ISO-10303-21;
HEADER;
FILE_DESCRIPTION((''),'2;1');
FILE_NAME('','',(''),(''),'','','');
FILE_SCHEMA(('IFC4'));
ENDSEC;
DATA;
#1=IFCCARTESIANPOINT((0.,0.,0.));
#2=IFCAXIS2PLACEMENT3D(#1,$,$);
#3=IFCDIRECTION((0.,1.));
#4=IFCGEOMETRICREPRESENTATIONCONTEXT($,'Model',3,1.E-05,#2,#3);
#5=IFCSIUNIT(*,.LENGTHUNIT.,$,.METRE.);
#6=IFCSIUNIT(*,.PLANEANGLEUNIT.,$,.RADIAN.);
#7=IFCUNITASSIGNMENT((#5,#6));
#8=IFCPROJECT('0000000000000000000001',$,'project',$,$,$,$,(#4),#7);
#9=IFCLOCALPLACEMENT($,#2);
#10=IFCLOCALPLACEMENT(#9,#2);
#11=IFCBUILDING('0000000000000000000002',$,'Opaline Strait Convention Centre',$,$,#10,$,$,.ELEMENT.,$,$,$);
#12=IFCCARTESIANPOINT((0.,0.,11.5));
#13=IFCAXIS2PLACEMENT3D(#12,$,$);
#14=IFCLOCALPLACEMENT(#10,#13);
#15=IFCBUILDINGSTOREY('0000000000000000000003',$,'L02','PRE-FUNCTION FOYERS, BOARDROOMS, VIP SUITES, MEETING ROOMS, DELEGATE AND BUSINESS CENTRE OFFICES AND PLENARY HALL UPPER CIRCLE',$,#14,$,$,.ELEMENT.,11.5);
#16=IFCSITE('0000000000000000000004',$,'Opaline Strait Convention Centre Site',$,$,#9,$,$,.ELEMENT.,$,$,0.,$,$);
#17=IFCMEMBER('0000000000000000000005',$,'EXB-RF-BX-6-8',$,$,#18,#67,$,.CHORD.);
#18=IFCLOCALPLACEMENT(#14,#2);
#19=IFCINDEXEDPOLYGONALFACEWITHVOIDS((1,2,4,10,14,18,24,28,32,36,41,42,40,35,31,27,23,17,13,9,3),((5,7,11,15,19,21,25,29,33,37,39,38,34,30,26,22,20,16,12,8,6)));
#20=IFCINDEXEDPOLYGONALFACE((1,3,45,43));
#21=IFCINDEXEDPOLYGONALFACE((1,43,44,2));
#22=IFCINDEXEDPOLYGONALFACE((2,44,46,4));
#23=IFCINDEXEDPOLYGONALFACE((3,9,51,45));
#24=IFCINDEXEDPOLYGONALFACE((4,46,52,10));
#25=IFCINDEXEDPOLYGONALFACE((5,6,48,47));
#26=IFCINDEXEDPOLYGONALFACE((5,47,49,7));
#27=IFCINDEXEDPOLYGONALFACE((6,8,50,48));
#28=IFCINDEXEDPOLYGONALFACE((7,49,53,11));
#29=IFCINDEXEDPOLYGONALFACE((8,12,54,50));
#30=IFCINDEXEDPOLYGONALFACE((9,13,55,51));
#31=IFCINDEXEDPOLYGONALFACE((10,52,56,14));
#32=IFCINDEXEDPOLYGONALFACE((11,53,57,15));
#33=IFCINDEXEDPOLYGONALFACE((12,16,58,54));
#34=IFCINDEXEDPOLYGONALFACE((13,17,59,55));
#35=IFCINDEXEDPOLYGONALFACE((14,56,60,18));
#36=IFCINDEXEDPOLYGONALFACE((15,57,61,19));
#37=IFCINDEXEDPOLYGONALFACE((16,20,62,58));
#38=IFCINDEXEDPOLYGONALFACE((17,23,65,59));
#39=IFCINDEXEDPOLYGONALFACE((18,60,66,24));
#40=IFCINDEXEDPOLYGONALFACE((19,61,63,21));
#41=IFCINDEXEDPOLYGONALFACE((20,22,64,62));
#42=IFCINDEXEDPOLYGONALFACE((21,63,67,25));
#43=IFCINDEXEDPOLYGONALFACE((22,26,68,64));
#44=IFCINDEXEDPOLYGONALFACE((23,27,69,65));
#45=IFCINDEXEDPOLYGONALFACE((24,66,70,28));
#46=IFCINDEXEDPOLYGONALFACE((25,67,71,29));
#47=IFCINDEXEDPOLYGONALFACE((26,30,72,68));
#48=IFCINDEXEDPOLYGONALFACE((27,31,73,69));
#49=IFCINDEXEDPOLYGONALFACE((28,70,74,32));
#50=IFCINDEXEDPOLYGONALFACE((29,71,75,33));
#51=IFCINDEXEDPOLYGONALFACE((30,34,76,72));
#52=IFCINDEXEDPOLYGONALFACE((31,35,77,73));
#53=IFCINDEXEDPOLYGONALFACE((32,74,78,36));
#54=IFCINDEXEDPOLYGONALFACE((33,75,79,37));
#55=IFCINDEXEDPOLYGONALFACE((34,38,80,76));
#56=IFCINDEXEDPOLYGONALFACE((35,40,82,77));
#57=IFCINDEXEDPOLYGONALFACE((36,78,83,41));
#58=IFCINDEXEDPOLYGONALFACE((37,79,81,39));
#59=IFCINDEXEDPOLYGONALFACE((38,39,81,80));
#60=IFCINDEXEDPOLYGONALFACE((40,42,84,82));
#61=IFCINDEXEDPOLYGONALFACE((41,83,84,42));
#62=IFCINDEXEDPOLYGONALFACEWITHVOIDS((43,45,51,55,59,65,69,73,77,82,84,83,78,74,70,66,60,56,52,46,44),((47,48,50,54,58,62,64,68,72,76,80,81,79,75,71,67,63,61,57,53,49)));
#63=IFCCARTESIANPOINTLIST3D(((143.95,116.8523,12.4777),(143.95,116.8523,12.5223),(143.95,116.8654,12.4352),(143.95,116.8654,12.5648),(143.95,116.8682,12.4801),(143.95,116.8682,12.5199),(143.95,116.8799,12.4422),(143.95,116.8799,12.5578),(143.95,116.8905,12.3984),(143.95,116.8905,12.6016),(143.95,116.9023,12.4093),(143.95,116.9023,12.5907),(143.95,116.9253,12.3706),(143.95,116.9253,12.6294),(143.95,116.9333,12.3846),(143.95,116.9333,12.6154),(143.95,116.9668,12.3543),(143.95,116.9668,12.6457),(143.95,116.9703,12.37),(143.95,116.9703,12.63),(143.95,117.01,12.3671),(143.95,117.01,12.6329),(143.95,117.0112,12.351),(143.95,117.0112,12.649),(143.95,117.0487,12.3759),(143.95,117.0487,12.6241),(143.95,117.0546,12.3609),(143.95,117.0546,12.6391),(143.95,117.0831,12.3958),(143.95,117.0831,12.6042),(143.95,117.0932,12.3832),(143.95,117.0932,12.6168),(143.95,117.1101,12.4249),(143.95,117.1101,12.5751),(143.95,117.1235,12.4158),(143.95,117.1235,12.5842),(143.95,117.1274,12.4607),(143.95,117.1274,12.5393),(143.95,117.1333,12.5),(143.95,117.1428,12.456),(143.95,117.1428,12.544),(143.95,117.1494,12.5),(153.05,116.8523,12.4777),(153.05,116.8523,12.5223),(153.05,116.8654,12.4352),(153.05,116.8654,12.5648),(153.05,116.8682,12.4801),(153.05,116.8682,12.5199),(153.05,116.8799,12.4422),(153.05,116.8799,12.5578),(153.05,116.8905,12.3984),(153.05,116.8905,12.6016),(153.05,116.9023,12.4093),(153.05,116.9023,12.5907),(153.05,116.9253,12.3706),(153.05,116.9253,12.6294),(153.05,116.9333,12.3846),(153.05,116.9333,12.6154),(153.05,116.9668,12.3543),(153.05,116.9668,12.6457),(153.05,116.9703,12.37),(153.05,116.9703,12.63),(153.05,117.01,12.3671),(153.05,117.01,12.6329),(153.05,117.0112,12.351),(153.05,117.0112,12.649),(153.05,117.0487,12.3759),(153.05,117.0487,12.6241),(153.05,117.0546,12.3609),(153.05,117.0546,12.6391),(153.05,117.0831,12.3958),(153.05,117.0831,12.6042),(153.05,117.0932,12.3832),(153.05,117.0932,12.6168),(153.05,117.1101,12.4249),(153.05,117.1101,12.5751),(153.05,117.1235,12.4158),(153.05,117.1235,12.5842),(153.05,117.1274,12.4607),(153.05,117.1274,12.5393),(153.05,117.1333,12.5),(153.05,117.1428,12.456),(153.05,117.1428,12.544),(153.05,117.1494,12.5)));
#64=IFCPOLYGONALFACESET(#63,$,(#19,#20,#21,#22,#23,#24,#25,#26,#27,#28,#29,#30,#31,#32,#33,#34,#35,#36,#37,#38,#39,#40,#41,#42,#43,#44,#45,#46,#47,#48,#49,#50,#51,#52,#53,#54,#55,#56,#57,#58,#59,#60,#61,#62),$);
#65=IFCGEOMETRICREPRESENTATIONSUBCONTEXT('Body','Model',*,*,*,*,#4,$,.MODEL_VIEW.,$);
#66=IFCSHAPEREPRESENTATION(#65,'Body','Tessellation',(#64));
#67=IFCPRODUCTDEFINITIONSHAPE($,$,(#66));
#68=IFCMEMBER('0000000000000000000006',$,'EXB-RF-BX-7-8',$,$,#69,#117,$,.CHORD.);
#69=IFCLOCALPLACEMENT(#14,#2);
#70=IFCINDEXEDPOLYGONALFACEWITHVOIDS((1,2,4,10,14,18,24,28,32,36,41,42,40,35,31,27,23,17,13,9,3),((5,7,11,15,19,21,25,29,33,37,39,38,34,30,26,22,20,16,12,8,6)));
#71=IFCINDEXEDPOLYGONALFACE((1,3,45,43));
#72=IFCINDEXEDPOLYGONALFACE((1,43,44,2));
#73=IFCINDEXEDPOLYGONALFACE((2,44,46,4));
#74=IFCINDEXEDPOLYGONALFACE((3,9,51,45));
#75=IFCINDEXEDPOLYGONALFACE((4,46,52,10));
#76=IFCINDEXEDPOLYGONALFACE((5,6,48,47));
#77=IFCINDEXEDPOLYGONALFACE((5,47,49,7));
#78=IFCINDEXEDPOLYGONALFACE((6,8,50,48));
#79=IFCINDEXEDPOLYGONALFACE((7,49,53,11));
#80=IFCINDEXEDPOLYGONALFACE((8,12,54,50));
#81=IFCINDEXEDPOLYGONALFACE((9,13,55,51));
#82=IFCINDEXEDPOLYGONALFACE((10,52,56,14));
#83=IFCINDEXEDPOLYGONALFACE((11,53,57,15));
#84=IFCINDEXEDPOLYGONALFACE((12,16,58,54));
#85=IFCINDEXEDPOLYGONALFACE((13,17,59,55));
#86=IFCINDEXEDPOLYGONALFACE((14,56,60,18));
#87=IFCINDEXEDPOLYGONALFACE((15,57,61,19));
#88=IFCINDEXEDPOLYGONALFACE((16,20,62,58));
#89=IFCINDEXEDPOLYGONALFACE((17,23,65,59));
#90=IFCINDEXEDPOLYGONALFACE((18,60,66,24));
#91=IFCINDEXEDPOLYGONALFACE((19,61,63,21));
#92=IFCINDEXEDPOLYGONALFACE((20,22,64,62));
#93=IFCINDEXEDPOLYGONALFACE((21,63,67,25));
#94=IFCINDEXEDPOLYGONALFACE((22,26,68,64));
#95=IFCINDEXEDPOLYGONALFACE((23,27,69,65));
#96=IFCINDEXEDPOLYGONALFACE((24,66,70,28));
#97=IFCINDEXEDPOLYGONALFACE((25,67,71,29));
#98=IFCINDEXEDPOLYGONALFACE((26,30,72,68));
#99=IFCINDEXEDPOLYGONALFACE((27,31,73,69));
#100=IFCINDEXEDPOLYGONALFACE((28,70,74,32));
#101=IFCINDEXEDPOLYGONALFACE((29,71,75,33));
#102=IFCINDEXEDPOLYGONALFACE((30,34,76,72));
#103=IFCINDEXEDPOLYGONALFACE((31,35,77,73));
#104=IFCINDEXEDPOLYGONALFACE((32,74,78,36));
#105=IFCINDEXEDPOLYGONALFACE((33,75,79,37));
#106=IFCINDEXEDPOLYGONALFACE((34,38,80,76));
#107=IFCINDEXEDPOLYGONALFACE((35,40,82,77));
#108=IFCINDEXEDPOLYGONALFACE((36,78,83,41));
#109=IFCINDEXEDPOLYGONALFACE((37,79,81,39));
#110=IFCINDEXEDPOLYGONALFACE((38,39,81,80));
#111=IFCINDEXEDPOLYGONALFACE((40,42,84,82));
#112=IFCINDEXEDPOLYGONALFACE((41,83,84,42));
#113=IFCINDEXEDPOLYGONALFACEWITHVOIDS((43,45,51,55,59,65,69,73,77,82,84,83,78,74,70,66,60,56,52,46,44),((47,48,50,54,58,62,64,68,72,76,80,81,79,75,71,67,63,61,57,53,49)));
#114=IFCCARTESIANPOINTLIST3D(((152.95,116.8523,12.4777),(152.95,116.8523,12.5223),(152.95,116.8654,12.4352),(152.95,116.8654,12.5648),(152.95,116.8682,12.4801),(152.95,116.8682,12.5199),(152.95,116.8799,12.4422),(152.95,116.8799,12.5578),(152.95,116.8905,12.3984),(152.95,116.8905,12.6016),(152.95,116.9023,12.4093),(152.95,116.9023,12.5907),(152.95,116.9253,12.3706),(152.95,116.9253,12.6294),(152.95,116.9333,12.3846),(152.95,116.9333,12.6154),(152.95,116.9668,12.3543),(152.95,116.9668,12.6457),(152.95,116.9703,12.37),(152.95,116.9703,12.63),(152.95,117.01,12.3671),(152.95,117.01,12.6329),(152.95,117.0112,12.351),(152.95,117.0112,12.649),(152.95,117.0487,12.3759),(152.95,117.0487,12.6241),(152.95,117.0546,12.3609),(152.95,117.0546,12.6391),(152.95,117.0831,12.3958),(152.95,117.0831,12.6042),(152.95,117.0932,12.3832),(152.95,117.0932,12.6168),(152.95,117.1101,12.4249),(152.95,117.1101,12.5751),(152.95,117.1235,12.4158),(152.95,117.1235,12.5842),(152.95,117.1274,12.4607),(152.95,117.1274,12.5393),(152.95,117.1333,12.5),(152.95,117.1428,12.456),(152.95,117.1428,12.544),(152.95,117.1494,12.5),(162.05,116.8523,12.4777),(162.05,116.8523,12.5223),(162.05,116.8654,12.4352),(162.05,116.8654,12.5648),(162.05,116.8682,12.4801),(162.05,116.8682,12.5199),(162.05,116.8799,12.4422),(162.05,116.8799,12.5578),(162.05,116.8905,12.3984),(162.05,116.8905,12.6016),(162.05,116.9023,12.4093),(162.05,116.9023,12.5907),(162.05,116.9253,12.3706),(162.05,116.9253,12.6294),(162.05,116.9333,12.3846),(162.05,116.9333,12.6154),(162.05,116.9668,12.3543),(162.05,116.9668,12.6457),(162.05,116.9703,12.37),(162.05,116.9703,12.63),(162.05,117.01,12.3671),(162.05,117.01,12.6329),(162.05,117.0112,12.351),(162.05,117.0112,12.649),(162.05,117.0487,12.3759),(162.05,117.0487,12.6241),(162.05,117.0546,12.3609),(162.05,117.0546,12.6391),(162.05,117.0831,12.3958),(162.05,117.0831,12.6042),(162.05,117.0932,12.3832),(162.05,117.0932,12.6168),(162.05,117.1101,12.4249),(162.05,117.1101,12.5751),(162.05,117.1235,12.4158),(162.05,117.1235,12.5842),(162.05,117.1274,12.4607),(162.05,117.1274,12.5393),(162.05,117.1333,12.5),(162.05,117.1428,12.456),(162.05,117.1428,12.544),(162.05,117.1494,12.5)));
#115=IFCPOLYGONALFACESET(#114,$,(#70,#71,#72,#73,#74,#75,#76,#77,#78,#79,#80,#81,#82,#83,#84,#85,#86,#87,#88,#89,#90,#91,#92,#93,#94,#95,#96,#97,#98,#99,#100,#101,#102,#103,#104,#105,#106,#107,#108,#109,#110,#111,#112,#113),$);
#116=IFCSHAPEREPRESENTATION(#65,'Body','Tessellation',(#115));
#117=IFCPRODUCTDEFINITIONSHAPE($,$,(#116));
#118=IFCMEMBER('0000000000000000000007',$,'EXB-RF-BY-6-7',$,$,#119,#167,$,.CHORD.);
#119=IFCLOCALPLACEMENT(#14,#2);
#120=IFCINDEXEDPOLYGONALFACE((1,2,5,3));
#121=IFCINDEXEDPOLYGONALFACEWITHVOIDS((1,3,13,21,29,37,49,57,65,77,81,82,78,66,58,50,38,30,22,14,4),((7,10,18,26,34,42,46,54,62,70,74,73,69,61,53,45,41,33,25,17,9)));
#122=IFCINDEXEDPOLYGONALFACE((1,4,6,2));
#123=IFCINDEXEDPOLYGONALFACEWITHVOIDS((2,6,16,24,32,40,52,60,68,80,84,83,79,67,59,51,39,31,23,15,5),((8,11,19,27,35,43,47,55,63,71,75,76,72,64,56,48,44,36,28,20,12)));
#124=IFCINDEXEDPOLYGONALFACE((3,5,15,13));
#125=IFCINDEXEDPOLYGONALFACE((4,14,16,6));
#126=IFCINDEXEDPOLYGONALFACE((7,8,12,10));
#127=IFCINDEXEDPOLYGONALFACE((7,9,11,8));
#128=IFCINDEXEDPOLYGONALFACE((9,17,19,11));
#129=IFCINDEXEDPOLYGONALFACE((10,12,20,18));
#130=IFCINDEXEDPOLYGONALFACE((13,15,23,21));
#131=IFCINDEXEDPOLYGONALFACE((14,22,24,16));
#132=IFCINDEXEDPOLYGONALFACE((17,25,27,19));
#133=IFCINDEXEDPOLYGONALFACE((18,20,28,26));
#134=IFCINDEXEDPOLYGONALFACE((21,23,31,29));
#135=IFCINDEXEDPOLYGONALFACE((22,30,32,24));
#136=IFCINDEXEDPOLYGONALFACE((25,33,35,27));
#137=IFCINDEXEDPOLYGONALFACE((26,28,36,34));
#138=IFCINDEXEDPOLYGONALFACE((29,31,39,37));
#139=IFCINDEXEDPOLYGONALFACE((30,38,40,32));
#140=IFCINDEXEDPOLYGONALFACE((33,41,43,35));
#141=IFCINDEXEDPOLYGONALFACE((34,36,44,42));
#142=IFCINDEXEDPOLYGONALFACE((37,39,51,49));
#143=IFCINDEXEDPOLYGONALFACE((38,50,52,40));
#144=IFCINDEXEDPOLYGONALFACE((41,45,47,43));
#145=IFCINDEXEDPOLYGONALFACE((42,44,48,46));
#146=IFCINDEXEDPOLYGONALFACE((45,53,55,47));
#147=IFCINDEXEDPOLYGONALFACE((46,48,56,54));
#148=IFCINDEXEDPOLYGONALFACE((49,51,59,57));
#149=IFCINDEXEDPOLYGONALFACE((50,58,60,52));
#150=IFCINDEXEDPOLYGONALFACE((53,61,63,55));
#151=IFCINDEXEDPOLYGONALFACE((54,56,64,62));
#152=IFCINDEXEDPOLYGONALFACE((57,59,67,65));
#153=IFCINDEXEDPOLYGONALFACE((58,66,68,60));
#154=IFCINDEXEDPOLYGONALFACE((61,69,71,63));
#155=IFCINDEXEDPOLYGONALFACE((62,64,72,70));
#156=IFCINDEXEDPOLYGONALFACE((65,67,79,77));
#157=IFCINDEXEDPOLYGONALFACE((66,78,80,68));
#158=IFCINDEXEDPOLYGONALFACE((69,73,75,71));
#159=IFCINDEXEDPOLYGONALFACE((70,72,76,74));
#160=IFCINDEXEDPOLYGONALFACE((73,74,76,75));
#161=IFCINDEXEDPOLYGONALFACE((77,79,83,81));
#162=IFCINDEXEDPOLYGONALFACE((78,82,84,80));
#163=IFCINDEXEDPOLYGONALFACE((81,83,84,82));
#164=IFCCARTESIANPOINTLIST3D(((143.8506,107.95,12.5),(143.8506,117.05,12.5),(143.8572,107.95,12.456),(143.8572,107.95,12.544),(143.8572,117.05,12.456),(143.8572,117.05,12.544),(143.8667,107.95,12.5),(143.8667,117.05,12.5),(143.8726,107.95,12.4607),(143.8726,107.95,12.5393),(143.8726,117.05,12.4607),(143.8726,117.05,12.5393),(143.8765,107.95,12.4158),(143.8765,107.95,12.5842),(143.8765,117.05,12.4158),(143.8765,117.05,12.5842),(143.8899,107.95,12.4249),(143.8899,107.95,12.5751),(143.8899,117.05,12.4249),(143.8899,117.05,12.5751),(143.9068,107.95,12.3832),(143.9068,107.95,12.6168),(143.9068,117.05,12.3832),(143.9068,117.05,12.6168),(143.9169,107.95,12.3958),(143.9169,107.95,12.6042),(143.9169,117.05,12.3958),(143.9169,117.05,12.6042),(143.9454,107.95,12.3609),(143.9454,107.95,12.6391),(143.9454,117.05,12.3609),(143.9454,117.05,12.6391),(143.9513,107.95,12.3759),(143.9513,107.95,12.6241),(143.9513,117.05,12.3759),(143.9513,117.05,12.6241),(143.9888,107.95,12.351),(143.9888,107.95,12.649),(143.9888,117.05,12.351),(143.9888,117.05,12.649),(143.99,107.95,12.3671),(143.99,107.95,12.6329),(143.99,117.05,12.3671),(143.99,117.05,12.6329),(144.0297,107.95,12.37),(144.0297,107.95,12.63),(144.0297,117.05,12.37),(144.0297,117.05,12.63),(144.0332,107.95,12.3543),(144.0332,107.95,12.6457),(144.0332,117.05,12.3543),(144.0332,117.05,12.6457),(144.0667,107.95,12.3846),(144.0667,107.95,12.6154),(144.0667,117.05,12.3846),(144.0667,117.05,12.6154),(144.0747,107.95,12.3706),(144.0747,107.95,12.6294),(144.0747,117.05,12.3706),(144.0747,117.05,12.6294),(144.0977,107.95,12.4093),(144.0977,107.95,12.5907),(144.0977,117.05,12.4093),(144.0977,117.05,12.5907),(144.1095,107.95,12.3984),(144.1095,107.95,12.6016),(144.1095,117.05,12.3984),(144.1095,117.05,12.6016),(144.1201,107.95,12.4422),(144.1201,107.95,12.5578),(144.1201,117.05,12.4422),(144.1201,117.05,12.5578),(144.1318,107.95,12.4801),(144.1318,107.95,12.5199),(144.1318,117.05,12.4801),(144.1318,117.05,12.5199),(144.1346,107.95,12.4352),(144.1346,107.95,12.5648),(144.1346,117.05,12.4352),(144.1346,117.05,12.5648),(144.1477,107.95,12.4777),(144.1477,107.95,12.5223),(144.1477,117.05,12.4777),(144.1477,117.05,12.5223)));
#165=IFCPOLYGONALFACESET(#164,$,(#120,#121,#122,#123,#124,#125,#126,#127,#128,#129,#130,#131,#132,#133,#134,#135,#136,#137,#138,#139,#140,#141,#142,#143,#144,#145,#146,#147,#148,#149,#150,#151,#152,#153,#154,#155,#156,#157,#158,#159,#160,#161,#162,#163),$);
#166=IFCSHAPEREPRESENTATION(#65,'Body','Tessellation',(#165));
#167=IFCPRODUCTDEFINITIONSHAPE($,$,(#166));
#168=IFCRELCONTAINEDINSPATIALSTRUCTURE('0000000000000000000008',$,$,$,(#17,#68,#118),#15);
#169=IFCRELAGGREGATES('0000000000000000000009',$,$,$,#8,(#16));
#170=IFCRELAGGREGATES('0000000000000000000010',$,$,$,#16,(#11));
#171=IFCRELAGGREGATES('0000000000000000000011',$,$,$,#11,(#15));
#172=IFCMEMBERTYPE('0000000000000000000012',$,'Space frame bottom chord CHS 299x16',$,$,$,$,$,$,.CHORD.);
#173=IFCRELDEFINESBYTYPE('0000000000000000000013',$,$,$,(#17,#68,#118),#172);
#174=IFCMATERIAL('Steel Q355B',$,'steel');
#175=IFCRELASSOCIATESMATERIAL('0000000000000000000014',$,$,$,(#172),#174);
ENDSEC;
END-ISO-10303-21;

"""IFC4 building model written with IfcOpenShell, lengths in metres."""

from ifc_helpers import new_model, si_unit, direction, frame, origin, origin_2d, place, context, subcontext, project, spatial, hollow_circle, extrude, material, material_profile, profile_set, type_object, element, save


model = new_model("IFC4")

# Units and contexts
model_context = context("Model", 3, precision=1e-05, world=origin(), true_north=direction((0.0, 1.0)))
body_context = subcontext(model_context, "Body", "Model", "MODEL_VIEW")
ifc_project = project(units=[si_unit("LENGTHUNIT", "METRE"), si_unit("PLANEANGLEUNIT", "RADIAN")], contexts=[model_context])

# Site, building, storey
site_placement = place(None, origin())
site = spatial("IfcSite", under=ifc_project, at=site_placement, Name="Opaline Strait Convention Centre Site", CompositionType="ELEMENT", RefElevation=0.0)
building_placement = place(site_placement, origin())
building = spatial("IfcBuilding", under=site, at=building_placement, Name="Opaline Strait Convention Centre", CompositionType="ELEMENT")
storey_placement = place(building_placement, frame((0.0, 0.0, 11.5)))
storey = spatial("IfcBuildingStorey", under=building, at=storey_placement, Name="L02", Description="PRE-FUNCTION FOYERS, BOARDROOMS, VIP SUITES, MEETING ROOMS, DELEGATE AND BUSINESS CENTRE OFFICES AND PLENARY HALL UPPER CIRCLE", CompositionType="ELEMENT", Elevation=11.5)

# Members
ifc_material = material(Name="Steel Q355B", Category="steel")
ifc_material_profile_1 = material_profile(ifc_material, hollow_circle(Radius=0.1494, WallThickness=0.0161, at=origin_2d()), Name="CHS 299x16")
ifc_profile_set_1 = profile_set([ifc_material_profile_1], Name="Steel Q355B")
member_type_1 = type_object("IfcMemberType", Name="Space frame bottom chord CHS 299x16", PredefinedType="CHORD", material=ifc_profile_set_1)
for number, where, z_axis, x_axis, name in (
    (1, (143.95, 117.0, 12.5), (1.0, 0.0, 0.0), (0.0, 1.0, 0.0), "EXB-RF-BX-6-8"),
    (2, (152.95, 117.0, 12.5), (1.0, 0.0, 0.0), (0.0, 1.0, 0.0), "EXB-RF-BX-7-8"),
    (3, (144.0, 107.95, 12.5), (0.0, 1.0, 0.0), (-1.0, 0.0, 0.0), "EXB-RF-BY-6-7"),
):
    element("IfcMember", number, at=place(storey_placement, frame(where, z_axis=z_axis, x_axis=x_axis)), inside=storey, type_object=member_type_1, Name=name, PredefinedType="CHORD", context=body_context, shape_type="SweptSolid", body=[
        extrude(hollow_circle(Radius=0.1494, WallThickness=0.0161, at=origin_2d()), origin(), (0.0, 0.0, 1.0), 9.1001),
    ])

save(model, "model.ifc")
